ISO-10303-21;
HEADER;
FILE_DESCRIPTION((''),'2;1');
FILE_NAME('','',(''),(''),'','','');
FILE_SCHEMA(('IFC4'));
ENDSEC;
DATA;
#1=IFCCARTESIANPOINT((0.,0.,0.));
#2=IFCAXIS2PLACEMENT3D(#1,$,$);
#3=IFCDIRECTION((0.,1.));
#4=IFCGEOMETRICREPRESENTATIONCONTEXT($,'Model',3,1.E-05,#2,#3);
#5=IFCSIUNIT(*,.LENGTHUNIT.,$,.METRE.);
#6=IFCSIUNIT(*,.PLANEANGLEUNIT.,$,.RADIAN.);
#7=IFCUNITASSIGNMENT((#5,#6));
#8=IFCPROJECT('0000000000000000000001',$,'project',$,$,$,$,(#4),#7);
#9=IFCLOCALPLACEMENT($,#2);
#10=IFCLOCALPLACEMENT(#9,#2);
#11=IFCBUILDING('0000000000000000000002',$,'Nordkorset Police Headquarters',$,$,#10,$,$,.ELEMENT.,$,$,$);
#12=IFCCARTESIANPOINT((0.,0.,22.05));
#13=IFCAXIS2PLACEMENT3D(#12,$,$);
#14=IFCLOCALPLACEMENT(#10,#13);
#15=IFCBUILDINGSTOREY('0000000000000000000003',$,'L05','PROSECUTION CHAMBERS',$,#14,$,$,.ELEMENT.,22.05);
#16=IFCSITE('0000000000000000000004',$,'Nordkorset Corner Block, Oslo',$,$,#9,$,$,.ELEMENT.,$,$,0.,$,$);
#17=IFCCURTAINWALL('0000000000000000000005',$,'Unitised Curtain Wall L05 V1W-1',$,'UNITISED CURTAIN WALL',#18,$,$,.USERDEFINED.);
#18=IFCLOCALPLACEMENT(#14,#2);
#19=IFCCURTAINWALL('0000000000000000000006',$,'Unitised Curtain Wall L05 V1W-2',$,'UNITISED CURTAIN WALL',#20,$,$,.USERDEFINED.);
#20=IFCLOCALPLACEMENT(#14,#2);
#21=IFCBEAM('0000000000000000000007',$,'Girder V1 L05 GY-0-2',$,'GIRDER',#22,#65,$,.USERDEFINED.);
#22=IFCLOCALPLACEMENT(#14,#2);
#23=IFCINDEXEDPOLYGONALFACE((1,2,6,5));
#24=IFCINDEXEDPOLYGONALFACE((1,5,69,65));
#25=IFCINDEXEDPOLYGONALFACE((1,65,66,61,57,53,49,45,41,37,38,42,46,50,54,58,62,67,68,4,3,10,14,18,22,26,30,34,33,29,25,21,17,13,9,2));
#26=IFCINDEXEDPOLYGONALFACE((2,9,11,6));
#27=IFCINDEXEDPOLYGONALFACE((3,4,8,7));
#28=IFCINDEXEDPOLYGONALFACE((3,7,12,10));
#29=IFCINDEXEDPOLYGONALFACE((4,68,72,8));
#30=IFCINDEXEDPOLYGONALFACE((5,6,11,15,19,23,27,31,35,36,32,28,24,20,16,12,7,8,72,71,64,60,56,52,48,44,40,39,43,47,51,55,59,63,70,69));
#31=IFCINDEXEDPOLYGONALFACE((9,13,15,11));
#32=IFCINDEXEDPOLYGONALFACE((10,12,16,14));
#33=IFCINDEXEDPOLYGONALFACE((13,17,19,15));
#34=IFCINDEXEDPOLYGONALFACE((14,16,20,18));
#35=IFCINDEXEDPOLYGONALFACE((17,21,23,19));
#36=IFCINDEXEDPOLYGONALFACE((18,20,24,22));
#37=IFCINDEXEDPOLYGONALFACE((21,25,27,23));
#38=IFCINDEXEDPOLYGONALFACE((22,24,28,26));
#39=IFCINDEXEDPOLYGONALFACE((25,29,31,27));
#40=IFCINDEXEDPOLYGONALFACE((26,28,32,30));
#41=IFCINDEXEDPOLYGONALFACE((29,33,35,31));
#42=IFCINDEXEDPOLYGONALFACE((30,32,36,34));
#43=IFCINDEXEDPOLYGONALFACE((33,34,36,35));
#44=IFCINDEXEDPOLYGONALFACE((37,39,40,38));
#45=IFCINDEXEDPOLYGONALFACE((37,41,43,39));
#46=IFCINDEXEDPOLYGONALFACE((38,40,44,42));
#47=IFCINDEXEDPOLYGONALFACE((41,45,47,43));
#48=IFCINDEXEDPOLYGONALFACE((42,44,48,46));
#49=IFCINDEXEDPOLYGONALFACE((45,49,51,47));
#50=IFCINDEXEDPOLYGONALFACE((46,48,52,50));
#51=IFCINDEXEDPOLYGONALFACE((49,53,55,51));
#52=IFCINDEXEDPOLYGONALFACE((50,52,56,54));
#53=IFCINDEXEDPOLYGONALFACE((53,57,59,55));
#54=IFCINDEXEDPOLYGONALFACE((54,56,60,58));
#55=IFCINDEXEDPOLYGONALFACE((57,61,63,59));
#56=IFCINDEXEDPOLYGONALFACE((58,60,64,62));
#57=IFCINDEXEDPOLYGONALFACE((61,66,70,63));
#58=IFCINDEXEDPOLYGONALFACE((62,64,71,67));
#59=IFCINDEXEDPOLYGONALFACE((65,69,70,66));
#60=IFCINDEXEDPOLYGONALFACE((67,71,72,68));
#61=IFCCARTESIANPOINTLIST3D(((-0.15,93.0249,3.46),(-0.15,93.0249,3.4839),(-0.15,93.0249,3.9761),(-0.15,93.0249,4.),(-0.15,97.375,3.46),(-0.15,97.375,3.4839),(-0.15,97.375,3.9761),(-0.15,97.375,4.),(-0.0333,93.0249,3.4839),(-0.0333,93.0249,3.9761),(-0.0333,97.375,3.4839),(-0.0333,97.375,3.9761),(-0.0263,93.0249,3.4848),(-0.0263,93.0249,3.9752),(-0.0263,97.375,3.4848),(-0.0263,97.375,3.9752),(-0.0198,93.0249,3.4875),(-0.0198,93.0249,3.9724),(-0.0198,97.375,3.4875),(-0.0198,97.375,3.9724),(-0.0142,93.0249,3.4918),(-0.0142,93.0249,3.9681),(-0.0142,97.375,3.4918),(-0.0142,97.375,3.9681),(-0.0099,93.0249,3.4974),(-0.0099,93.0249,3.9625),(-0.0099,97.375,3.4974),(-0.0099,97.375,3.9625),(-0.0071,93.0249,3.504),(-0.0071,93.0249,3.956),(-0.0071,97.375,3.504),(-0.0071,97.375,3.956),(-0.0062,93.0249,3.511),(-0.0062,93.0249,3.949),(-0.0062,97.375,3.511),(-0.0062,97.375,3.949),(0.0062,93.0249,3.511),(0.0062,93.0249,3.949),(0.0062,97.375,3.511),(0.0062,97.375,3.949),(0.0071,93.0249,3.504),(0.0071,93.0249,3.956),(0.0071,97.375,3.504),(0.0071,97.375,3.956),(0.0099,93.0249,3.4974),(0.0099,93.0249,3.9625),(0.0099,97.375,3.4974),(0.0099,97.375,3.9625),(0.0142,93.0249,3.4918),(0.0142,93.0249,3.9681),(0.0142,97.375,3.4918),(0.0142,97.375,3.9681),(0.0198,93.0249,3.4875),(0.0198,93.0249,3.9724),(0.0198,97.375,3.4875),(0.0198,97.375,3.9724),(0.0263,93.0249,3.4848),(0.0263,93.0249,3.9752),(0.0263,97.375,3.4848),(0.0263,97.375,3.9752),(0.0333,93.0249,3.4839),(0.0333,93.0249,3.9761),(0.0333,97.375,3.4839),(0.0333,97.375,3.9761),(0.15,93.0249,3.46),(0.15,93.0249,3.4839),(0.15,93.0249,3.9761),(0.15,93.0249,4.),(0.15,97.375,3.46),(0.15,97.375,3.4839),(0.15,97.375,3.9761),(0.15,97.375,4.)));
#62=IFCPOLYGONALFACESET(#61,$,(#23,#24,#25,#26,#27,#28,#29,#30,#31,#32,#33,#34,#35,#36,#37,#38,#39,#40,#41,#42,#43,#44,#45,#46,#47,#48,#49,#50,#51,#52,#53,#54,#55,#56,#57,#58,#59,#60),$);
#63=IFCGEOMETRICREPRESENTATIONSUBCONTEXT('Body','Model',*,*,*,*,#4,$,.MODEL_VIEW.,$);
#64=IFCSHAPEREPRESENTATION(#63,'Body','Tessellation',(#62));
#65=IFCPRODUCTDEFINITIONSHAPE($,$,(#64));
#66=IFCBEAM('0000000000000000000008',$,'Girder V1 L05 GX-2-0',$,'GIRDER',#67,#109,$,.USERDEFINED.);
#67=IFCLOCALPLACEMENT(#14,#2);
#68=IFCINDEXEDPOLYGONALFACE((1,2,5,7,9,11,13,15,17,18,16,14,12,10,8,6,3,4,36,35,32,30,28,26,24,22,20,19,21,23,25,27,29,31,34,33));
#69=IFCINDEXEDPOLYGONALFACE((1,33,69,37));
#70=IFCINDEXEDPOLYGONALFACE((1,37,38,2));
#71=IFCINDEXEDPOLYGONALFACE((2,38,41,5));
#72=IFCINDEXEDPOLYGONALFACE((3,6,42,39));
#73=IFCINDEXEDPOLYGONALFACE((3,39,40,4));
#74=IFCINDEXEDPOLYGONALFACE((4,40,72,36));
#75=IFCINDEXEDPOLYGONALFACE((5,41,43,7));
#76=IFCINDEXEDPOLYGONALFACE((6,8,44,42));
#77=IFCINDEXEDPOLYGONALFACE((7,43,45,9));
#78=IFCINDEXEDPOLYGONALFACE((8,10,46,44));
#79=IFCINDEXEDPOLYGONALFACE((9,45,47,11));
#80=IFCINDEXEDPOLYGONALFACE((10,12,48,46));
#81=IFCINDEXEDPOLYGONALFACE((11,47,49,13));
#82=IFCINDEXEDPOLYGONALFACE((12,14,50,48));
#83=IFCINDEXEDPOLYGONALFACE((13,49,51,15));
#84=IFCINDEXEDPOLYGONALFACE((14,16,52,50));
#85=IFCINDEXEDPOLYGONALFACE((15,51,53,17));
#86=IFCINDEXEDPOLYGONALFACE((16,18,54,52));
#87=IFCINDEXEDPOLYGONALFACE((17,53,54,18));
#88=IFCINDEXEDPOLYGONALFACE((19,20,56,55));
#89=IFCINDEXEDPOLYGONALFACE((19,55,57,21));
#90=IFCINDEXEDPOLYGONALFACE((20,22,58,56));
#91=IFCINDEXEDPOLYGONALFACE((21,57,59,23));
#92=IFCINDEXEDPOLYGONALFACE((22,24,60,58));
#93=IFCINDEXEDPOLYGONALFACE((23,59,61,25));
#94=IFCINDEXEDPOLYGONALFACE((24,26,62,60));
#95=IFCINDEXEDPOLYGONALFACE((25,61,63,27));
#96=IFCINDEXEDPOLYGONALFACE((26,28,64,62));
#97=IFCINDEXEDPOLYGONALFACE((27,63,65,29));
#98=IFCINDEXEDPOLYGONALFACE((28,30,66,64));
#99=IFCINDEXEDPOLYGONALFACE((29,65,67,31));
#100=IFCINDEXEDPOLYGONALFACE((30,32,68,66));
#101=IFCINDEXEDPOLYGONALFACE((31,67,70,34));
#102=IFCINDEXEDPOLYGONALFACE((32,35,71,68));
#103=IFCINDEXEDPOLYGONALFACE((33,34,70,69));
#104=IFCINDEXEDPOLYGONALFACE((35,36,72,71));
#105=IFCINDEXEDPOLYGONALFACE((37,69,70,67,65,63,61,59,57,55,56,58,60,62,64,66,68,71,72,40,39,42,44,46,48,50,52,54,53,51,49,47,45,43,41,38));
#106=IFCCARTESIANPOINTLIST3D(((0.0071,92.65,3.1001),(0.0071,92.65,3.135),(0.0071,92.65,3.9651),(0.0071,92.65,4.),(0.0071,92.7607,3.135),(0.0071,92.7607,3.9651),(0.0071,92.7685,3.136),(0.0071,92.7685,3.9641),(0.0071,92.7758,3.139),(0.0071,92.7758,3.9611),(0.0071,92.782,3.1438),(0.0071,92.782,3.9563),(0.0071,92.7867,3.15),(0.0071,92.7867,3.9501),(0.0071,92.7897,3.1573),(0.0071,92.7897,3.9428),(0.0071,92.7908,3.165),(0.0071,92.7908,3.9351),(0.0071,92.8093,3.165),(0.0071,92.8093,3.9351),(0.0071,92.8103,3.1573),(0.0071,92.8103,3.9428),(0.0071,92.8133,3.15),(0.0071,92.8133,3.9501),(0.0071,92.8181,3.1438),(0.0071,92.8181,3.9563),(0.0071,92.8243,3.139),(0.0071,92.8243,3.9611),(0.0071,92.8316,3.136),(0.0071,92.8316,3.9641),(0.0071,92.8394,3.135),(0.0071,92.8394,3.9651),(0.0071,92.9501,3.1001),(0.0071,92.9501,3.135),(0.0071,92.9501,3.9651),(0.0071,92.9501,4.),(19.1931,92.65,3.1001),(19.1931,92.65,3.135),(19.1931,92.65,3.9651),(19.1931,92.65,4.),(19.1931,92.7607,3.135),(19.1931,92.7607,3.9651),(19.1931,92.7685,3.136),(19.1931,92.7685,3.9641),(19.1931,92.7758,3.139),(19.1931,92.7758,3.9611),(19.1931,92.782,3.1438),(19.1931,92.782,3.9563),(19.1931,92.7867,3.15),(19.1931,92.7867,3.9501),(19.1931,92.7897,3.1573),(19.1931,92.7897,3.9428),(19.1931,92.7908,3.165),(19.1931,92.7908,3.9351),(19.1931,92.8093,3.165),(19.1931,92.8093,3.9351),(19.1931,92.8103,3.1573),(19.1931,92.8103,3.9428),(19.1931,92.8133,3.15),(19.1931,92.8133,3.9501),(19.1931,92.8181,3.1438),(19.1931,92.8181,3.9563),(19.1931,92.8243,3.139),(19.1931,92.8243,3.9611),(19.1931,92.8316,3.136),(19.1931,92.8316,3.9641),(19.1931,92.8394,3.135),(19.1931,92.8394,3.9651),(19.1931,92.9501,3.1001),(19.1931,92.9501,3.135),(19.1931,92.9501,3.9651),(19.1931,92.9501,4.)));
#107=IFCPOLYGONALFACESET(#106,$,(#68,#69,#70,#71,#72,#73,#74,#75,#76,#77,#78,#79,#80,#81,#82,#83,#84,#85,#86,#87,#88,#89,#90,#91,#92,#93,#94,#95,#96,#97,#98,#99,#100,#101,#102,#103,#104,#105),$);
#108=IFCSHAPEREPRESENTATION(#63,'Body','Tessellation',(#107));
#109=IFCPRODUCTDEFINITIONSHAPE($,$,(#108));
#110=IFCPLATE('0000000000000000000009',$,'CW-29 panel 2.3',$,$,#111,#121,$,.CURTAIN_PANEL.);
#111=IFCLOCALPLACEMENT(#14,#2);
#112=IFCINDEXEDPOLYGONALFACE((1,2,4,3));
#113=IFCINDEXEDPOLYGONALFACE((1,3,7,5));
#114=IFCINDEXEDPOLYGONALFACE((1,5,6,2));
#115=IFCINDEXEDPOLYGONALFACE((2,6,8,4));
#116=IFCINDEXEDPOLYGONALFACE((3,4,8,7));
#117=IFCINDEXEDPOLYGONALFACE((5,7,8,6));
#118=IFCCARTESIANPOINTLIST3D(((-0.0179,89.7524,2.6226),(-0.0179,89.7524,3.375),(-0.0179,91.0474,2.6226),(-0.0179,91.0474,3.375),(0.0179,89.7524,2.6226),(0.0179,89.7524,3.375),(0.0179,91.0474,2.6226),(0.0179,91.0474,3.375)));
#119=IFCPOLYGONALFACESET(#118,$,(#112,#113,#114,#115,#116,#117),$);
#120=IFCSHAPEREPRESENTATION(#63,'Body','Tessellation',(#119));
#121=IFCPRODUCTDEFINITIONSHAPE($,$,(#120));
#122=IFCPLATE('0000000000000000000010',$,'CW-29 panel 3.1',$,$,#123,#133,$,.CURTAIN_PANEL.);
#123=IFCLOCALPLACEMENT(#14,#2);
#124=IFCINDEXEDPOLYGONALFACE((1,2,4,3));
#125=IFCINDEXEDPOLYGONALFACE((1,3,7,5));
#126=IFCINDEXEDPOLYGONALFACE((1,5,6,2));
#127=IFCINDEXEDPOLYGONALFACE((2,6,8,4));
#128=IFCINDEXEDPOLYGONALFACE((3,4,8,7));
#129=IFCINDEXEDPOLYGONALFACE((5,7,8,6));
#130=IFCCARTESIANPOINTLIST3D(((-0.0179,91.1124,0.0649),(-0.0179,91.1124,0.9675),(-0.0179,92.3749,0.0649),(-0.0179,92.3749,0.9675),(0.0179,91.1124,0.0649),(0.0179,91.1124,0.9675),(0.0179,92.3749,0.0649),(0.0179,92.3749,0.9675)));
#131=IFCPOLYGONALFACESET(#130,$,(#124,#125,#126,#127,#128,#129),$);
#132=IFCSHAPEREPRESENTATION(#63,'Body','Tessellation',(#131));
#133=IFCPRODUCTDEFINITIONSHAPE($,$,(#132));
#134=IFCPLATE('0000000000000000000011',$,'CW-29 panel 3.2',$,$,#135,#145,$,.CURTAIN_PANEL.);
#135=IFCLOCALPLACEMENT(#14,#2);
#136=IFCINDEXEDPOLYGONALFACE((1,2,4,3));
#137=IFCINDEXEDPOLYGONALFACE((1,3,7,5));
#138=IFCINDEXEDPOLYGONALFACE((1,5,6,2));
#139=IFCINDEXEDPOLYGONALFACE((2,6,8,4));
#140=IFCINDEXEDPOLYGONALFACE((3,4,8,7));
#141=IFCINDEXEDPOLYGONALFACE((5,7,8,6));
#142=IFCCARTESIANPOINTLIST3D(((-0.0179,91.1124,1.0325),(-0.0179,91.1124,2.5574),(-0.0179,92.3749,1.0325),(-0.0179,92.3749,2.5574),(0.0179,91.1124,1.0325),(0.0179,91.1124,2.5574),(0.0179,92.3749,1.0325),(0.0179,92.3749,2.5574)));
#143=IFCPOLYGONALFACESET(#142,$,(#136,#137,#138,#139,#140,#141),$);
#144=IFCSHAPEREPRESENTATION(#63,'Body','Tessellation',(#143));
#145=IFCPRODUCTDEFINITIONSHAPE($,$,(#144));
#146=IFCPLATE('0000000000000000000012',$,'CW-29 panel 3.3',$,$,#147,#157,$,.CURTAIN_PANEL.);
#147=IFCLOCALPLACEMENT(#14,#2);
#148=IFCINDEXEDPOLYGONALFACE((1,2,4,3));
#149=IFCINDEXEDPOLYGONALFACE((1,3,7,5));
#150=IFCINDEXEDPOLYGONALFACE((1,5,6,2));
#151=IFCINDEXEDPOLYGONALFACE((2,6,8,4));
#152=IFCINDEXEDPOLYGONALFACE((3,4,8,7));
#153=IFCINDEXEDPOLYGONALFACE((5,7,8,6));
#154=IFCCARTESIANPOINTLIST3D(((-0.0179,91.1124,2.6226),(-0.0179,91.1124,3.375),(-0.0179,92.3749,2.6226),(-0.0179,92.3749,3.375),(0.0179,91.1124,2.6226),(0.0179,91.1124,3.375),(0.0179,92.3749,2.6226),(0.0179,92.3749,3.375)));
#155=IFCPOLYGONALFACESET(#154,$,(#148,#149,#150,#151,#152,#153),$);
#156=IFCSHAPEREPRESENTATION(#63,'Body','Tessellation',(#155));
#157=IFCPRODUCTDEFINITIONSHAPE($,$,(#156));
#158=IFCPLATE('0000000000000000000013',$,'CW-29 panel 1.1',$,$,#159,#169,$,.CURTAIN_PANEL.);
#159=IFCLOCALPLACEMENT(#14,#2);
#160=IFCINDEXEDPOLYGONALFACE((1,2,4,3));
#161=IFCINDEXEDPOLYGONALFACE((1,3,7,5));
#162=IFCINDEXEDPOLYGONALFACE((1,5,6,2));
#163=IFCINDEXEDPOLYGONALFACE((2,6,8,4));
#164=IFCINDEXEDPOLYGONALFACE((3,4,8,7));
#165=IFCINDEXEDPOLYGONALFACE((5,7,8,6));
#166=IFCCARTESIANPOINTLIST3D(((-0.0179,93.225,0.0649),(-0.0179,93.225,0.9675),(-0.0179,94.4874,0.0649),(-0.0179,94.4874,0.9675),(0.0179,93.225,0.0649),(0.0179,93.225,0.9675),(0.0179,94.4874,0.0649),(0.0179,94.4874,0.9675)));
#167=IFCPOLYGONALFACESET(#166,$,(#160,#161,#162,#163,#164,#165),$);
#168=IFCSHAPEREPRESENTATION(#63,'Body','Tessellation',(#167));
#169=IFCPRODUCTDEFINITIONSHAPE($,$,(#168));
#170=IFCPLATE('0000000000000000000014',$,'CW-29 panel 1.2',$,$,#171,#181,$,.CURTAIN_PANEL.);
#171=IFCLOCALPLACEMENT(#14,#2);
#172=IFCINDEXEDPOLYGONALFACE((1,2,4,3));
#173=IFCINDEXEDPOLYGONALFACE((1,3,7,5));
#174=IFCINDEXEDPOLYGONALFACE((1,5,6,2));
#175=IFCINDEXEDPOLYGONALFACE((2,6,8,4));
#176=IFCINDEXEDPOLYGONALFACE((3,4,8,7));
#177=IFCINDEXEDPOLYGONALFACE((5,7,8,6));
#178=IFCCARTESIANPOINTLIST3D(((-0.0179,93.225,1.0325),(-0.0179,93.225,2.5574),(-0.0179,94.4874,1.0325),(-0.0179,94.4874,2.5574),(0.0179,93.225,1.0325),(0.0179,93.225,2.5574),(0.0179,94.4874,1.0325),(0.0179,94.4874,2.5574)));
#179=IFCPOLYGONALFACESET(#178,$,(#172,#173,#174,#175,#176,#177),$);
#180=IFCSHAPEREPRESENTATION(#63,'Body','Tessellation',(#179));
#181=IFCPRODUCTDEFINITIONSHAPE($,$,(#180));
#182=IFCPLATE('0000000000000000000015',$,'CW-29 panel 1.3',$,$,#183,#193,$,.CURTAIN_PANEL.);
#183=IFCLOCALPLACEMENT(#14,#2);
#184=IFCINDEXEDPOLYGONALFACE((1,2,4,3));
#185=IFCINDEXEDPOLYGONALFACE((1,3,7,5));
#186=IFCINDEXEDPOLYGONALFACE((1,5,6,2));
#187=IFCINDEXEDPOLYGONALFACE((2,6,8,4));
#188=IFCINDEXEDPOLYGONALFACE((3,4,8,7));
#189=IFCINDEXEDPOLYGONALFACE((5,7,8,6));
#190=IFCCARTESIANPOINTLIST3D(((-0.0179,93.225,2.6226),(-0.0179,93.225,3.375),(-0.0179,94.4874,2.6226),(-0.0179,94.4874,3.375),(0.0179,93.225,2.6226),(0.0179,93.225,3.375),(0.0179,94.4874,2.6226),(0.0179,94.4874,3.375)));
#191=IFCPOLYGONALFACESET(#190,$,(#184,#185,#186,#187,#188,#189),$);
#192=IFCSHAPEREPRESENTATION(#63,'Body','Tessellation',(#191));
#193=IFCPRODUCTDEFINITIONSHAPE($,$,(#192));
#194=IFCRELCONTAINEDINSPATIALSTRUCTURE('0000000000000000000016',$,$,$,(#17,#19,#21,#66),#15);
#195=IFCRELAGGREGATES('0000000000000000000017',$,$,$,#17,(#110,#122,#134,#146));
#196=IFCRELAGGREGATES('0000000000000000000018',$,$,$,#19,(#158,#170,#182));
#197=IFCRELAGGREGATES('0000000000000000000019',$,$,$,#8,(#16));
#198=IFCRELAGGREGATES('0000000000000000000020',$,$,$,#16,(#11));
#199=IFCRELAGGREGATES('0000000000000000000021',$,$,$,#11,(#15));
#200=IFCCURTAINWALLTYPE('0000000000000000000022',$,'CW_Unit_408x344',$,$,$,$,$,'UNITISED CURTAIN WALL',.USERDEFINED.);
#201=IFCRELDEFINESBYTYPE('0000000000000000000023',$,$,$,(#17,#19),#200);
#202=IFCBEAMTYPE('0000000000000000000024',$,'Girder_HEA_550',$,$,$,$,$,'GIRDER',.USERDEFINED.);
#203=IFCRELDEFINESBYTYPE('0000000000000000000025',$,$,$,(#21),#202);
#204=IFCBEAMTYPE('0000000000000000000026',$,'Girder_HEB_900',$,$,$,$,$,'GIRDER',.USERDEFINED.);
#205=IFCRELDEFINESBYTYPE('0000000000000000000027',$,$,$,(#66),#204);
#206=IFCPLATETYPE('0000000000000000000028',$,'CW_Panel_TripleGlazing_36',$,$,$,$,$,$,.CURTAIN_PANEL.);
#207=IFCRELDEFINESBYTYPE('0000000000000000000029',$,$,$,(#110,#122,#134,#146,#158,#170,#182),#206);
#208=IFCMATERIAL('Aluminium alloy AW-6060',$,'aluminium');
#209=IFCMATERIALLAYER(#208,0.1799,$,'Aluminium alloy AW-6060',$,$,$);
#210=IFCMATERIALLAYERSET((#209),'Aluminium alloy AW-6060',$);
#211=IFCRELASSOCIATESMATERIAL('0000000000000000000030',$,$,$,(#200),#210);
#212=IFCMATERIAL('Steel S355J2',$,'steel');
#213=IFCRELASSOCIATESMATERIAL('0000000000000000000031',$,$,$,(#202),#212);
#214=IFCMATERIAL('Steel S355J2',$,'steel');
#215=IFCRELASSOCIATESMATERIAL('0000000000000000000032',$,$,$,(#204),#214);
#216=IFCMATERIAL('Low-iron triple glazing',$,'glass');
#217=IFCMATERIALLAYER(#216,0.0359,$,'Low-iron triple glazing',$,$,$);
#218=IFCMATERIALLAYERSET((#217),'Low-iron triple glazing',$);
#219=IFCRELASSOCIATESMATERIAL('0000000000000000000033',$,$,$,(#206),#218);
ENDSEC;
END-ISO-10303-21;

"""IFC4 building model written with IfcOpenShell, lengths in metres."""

from ifc_helpers import new_model, si_unit, direction, frame, origin, origin_2d, place, context, subcontext, project, spatial, rectangle, i_section, extrude, material, layer, layer_set, material_profile, profile_set, type_object, element, aggregate, save


model = new_model("IFC4")

# Units and contexts
model_context = context("Model", 3, precision=1e-05, world=origin(), true_north=direction((0.0, 1.0)))
body_context = subcontext(model_context, "Body", "Model", "MODEL_VIEW")
ifc_project = project(units=[si_unit("LENGTHUNIT", "METRE"), si_unit("PLANEANGLEUNIT", "RADIAN")], contexts=[model_context])

# Site, building, storey
site_placement = place(None, origin())
site = spatial("IfcSite", under=ifc_project, at=site_placement, Name="Nordkorset Corner Block, Oslo", CompositionType="ELEMENT", RefElevation=0.0)
building_placement = place(site_placement, origin())
building = spatial("IfcBuilding", under=site, at=building_placement, Name="Nordkorset Police Headquarters", CompositionType="ELEMENT")
storey_placement = place(building_placement, frame((0.0, 0.0, 22.05)))
storey = spatial("IfcBuildingStorey", under=building, at=storey_placement, Name="L05", Description="PROSECUTION CHAMBERS", CompositionType="ELEMENT", Elevation=22.05)

# Curtain walls
ifc_material_1 = material(Name="Aluminium alloy AW-6060", Category="aluminium")
ifc_layer_1 = layer(ifc_material_1, 0.1799, Name="Aluminium alloy AW-6060")
ifc_layer_set_1 = layer_set([ifc_layer_1], Name="Aluminium alloy AW-6060")
curtain_wall_type = type_object("IfcCurtainWallType", Name="CW_Unit_408x344", ElementType="UNITISED CURTAIN WALL", PredefinedType="USERDEFINED", material=ifc_layer_set_1)
curtain_wall_1_placement = place(storey_placement, origin())
curtain_wall_1 = element("IfcCurtainWall", 1, at=curtain_wall_1_placement, inside=storey, type_object=curtain_wall_type, Name="Unitised Curtain Wall L05 V1W-1", ObjectType="UNITISED CURTAIN WALL", PredefinedType="USERDEFINED")
curtain_wall_2_placement = place(storey_placement, origin())
curtain_wall_2 = element("IfcCurtainWall", 2, at=curtain_wall_2_placement, inside=storey, type_object=curtain_wall_type, Name="Unitised Curtain Wall L05 V1W-2", ObjectType="UNITISED CURTAIN WALL", PredefinedType="USERDEFINED")

# Beams
ifc_material_2 = material(Name="Steel S355J2", Category="steel")
ifc_material_profile_1 = material_profile(ifc_material_2, i_section(OverallWidth=0.3, OverallDepth=0.54, WebThickness=0.0125, FlangeThickness=0.0239, FilletRadius=0.0271, at=origin_2d()), Name="HEA 550")
ifc_profile_set_1 = profile_set([ifc_material_profile_1], Name="Steel S355J2")
beam_type_1 = type_object("IfcBeamType", Name="Girder_HEA_550", ElementType="GIRDER", PredefinedType="USERDEFINED", material=ifc_profile_set_1)
beam_1_placement = place(storey_placement, frame((0.0, 93.0249, 3.73), z_axis=(0.0, 1.0, 0.0), x_axis=(-1.0, 0.0, 0.0)))
element("IfcBeam", 3, at=beam_1_placement, inside=storey, type_object=beam_type_1, Name="Girder V1 L05 GY-0-2", ObjectType="GIRDER", PredefinedType="USERDEFINED", context=body_context, shape_type="SweptSolid", body=[
    extrude(i_section(OverallWidth=0.3, OverallDepth=0.54, WebThickness=0.0125, FlangeThickness=0.0239, FilletRadius=0.0271, at=origin_2d()), origin(), (0.0, 0.0, 1.0), 4.3501),
])
ifc_material_3 = material(Name="Steel S355J2", Category="steel")
ifc_material_profile_2 = material_profile(ifc_material_3, i_section(OverallWidth=0.3, OverallDepth=0.8999, WebThickness=0.0186, FlangeThickness=0.0349, FilletRadius=0.03, at=origin_2d()), Name="HEB 900")
ifc_profile_set_2 = profile_set([ifc_material_profile_2], Name="Steel S355J2")
beam_type_2 = type_object("IfcBeamType", Name="Girder_HEB_900", ElementType="GIRDER", PredefinedType="USERDEFINED", material=ifc_profile_set_2)
beam_2_placement = place(storey_placement, frame((0.0071, 92.8, 3.55), z_axis=(1.0, 0.0, 0.0), x_axis=(0.0, 1.0, 0.0)))
element("IfcBeam", 4, at=beam_2_placement, inside=storey, type_object=beam_type_2, Name="Girder V1 L05 GX-2-0", ObjectType="GIRDER", PredefinedType="USERDEFINED", context=body_context, shape_type="SweptSolid", body=[
    extrude(i_section(OverallWidth=0.3, OverallDepth=0.8999, WebThickness=0.0186, FlangeThickness=0.0349, FilletRadius=0.03, at=origin_2d()), origin(), (0.0, 0.0, 1.0), 19.186),
])

# Plates
ifc_material_4 = material(Name="Low-iron triple glazing", Category="glass")
ifc_layer_2 = layer(ifc_material_4, 0.0359, Name="Low-iron triple glazing")
ifc_layer_set_2 = layer_set([ifc_layer_2], Name="Low-iron triple glazing")
plate_type = type_object("IfcPlateType", Name="CW_Panel_TripleGlazing_36", PredefinedType="CURTAIN_PANEL", material=ifc_layer_set_2)
plate_1_placement = place(storey_placement, frame((0.0, 90.3999, 2.6226), z_axis=(0.0, 0.0, 1.0), x_axis=(0.0, 1.0, 0.0)))
plate_1 = element("IfcPlate", 5, at=plate_1_placement, type_object=plate_type, Name="CW-29 panel 2.3", PredefinedType="CURTAIN_PANEL", context=body_context, shape_type="SweptSolid", body=[
    extrude(rectangle(XDim=1.2949, YDim=0.0359, at=origin_2d()), origin(), (0.0, 0.0, 1.0), 0.7524),
])
plate_2_placement = place(storey_placement, frame((0.0, 91.7437, 0.0649), z_axis=(0.0, 0.0, 1.0), x_axis=(0.0, 1.0, 0.0)))
plate_2 = element("IfcPlate", 6, at=plate_2_placement, type_object=plate_type, Name="CW-29 panel 3.1", PredefinedType="CURTAIN_PANEL", context=body_context, shape_type="SweptSolid", body=[
    extrude(rectangle(XDim=1.2625, YDim=0.0359, at=origin_2d()), origin(), (0.0, 0.0, 1.0), 0.9026),
])
plate_3_placement = place(storey_placement, frame((0.0, 91.7437, 1.0325), z_axis=(0.0, 0.0, 1.0), x_axis=(0.0, 1.0, 0.0)))
plate_3 = element("IfcPlate", 7, at=plate_3_placement, type_object=plate_type, Name="CW-29 panel 3.2", PredefinedType="CURTAIN_PANEL", context=body_context, shape_type="SweptSolid", body=[
    extrude(rectangle(XDim=1.2625, YDim=0.0359, at=origin_2d()), origin(), (0.0, 0.0, 1.0), 1.5249),
])
plate_4_placement = place(storey_placement, frame((0.0, 91.7437, 2.6226), z_axis=(0.0, 0.0, 1.0), x_axis=(0.0, 1.0, 0.0)))
plate_4 = element("IfcPlate", 8, at=plate_4_placement, type_object=plate_type, Name="CW-29 panel 3.3", PredefinedType="CURTAIN_PANEL", context=body_context, shape_type="SweptSolid", body=[
    extrude(rectangle(XDim=1.2625, YDim=0.0359, at=origin_2d()), origin(), (0.0, 0.0, 1.0), 0.7524),
])
aggregate(curtain_wall_1, [plate_1, plate_2, plate_3, plate_4])
plate_5_placement = place(storey_placement, frame((0.0, 93.8562, 0.0649), z_axis=(0.0, 0.0, 1.0), x_axis=(0.0, 1.0, 0.0)))
plate_5 = element("IfcPlate", 9, at=plate_5_placement, type_object=plate_type, Name="CW-29 panel 1.1", PredefinedType="CURTAIN_PANEL", context=body_context, shape_type="SweptSolid", body=[
    extrude(rectangle(XDim=1.2625, YDim=0.0359, at=origin_2d()), origin(), (0.0, 0.0, 1.0), 0.9026),
])
plate_6_placement = place(storey_placement, frame((0.0, 93.8562, 1.0325), z_axis=(0.0, 0.0, 1.0), x_axis=(0.0, 1.0, 0.0)))
plate_6 = element("IfcPlate", 10, at=plate_6_placement, type_object=plate_type, Name="CW-29 panel 1.2", PredefinedType="CURTAIN_PANEL", context=body_context, shape_type="SweptSolid", body=[
    extrude(rectangle(XDim=1.2625, YDim=0.0359, at=origin_2d()), origin(), (0.0, 0.0, 1.0), 1.5249),
])
plate_7_placement = place(storey_placement, frame((0.0, 93.8562, 2.6226), z_axis=(0.0, 0.0, 1.0), x_axis=(0.0, 1.0, 0.0)))
plate_7 = element("IfcPlate", 11, at=plate_7_placement, type_object=plate_type, Name="CW-29 panel 1.3", PredefinedType="CURTAIN_PANEL", context=body_context, shape_type="SweptSolid", body=[
    extrude(rectangle(XDim=1.2625, YDim=0.0359, at=origin_2d()), origin(), (0.0, 0.0, 1.0), 0.7524),
])
aggregate(curtain_wall_2, [plate_5, plate_6, plate_7])

save(model, "model.ifc")
